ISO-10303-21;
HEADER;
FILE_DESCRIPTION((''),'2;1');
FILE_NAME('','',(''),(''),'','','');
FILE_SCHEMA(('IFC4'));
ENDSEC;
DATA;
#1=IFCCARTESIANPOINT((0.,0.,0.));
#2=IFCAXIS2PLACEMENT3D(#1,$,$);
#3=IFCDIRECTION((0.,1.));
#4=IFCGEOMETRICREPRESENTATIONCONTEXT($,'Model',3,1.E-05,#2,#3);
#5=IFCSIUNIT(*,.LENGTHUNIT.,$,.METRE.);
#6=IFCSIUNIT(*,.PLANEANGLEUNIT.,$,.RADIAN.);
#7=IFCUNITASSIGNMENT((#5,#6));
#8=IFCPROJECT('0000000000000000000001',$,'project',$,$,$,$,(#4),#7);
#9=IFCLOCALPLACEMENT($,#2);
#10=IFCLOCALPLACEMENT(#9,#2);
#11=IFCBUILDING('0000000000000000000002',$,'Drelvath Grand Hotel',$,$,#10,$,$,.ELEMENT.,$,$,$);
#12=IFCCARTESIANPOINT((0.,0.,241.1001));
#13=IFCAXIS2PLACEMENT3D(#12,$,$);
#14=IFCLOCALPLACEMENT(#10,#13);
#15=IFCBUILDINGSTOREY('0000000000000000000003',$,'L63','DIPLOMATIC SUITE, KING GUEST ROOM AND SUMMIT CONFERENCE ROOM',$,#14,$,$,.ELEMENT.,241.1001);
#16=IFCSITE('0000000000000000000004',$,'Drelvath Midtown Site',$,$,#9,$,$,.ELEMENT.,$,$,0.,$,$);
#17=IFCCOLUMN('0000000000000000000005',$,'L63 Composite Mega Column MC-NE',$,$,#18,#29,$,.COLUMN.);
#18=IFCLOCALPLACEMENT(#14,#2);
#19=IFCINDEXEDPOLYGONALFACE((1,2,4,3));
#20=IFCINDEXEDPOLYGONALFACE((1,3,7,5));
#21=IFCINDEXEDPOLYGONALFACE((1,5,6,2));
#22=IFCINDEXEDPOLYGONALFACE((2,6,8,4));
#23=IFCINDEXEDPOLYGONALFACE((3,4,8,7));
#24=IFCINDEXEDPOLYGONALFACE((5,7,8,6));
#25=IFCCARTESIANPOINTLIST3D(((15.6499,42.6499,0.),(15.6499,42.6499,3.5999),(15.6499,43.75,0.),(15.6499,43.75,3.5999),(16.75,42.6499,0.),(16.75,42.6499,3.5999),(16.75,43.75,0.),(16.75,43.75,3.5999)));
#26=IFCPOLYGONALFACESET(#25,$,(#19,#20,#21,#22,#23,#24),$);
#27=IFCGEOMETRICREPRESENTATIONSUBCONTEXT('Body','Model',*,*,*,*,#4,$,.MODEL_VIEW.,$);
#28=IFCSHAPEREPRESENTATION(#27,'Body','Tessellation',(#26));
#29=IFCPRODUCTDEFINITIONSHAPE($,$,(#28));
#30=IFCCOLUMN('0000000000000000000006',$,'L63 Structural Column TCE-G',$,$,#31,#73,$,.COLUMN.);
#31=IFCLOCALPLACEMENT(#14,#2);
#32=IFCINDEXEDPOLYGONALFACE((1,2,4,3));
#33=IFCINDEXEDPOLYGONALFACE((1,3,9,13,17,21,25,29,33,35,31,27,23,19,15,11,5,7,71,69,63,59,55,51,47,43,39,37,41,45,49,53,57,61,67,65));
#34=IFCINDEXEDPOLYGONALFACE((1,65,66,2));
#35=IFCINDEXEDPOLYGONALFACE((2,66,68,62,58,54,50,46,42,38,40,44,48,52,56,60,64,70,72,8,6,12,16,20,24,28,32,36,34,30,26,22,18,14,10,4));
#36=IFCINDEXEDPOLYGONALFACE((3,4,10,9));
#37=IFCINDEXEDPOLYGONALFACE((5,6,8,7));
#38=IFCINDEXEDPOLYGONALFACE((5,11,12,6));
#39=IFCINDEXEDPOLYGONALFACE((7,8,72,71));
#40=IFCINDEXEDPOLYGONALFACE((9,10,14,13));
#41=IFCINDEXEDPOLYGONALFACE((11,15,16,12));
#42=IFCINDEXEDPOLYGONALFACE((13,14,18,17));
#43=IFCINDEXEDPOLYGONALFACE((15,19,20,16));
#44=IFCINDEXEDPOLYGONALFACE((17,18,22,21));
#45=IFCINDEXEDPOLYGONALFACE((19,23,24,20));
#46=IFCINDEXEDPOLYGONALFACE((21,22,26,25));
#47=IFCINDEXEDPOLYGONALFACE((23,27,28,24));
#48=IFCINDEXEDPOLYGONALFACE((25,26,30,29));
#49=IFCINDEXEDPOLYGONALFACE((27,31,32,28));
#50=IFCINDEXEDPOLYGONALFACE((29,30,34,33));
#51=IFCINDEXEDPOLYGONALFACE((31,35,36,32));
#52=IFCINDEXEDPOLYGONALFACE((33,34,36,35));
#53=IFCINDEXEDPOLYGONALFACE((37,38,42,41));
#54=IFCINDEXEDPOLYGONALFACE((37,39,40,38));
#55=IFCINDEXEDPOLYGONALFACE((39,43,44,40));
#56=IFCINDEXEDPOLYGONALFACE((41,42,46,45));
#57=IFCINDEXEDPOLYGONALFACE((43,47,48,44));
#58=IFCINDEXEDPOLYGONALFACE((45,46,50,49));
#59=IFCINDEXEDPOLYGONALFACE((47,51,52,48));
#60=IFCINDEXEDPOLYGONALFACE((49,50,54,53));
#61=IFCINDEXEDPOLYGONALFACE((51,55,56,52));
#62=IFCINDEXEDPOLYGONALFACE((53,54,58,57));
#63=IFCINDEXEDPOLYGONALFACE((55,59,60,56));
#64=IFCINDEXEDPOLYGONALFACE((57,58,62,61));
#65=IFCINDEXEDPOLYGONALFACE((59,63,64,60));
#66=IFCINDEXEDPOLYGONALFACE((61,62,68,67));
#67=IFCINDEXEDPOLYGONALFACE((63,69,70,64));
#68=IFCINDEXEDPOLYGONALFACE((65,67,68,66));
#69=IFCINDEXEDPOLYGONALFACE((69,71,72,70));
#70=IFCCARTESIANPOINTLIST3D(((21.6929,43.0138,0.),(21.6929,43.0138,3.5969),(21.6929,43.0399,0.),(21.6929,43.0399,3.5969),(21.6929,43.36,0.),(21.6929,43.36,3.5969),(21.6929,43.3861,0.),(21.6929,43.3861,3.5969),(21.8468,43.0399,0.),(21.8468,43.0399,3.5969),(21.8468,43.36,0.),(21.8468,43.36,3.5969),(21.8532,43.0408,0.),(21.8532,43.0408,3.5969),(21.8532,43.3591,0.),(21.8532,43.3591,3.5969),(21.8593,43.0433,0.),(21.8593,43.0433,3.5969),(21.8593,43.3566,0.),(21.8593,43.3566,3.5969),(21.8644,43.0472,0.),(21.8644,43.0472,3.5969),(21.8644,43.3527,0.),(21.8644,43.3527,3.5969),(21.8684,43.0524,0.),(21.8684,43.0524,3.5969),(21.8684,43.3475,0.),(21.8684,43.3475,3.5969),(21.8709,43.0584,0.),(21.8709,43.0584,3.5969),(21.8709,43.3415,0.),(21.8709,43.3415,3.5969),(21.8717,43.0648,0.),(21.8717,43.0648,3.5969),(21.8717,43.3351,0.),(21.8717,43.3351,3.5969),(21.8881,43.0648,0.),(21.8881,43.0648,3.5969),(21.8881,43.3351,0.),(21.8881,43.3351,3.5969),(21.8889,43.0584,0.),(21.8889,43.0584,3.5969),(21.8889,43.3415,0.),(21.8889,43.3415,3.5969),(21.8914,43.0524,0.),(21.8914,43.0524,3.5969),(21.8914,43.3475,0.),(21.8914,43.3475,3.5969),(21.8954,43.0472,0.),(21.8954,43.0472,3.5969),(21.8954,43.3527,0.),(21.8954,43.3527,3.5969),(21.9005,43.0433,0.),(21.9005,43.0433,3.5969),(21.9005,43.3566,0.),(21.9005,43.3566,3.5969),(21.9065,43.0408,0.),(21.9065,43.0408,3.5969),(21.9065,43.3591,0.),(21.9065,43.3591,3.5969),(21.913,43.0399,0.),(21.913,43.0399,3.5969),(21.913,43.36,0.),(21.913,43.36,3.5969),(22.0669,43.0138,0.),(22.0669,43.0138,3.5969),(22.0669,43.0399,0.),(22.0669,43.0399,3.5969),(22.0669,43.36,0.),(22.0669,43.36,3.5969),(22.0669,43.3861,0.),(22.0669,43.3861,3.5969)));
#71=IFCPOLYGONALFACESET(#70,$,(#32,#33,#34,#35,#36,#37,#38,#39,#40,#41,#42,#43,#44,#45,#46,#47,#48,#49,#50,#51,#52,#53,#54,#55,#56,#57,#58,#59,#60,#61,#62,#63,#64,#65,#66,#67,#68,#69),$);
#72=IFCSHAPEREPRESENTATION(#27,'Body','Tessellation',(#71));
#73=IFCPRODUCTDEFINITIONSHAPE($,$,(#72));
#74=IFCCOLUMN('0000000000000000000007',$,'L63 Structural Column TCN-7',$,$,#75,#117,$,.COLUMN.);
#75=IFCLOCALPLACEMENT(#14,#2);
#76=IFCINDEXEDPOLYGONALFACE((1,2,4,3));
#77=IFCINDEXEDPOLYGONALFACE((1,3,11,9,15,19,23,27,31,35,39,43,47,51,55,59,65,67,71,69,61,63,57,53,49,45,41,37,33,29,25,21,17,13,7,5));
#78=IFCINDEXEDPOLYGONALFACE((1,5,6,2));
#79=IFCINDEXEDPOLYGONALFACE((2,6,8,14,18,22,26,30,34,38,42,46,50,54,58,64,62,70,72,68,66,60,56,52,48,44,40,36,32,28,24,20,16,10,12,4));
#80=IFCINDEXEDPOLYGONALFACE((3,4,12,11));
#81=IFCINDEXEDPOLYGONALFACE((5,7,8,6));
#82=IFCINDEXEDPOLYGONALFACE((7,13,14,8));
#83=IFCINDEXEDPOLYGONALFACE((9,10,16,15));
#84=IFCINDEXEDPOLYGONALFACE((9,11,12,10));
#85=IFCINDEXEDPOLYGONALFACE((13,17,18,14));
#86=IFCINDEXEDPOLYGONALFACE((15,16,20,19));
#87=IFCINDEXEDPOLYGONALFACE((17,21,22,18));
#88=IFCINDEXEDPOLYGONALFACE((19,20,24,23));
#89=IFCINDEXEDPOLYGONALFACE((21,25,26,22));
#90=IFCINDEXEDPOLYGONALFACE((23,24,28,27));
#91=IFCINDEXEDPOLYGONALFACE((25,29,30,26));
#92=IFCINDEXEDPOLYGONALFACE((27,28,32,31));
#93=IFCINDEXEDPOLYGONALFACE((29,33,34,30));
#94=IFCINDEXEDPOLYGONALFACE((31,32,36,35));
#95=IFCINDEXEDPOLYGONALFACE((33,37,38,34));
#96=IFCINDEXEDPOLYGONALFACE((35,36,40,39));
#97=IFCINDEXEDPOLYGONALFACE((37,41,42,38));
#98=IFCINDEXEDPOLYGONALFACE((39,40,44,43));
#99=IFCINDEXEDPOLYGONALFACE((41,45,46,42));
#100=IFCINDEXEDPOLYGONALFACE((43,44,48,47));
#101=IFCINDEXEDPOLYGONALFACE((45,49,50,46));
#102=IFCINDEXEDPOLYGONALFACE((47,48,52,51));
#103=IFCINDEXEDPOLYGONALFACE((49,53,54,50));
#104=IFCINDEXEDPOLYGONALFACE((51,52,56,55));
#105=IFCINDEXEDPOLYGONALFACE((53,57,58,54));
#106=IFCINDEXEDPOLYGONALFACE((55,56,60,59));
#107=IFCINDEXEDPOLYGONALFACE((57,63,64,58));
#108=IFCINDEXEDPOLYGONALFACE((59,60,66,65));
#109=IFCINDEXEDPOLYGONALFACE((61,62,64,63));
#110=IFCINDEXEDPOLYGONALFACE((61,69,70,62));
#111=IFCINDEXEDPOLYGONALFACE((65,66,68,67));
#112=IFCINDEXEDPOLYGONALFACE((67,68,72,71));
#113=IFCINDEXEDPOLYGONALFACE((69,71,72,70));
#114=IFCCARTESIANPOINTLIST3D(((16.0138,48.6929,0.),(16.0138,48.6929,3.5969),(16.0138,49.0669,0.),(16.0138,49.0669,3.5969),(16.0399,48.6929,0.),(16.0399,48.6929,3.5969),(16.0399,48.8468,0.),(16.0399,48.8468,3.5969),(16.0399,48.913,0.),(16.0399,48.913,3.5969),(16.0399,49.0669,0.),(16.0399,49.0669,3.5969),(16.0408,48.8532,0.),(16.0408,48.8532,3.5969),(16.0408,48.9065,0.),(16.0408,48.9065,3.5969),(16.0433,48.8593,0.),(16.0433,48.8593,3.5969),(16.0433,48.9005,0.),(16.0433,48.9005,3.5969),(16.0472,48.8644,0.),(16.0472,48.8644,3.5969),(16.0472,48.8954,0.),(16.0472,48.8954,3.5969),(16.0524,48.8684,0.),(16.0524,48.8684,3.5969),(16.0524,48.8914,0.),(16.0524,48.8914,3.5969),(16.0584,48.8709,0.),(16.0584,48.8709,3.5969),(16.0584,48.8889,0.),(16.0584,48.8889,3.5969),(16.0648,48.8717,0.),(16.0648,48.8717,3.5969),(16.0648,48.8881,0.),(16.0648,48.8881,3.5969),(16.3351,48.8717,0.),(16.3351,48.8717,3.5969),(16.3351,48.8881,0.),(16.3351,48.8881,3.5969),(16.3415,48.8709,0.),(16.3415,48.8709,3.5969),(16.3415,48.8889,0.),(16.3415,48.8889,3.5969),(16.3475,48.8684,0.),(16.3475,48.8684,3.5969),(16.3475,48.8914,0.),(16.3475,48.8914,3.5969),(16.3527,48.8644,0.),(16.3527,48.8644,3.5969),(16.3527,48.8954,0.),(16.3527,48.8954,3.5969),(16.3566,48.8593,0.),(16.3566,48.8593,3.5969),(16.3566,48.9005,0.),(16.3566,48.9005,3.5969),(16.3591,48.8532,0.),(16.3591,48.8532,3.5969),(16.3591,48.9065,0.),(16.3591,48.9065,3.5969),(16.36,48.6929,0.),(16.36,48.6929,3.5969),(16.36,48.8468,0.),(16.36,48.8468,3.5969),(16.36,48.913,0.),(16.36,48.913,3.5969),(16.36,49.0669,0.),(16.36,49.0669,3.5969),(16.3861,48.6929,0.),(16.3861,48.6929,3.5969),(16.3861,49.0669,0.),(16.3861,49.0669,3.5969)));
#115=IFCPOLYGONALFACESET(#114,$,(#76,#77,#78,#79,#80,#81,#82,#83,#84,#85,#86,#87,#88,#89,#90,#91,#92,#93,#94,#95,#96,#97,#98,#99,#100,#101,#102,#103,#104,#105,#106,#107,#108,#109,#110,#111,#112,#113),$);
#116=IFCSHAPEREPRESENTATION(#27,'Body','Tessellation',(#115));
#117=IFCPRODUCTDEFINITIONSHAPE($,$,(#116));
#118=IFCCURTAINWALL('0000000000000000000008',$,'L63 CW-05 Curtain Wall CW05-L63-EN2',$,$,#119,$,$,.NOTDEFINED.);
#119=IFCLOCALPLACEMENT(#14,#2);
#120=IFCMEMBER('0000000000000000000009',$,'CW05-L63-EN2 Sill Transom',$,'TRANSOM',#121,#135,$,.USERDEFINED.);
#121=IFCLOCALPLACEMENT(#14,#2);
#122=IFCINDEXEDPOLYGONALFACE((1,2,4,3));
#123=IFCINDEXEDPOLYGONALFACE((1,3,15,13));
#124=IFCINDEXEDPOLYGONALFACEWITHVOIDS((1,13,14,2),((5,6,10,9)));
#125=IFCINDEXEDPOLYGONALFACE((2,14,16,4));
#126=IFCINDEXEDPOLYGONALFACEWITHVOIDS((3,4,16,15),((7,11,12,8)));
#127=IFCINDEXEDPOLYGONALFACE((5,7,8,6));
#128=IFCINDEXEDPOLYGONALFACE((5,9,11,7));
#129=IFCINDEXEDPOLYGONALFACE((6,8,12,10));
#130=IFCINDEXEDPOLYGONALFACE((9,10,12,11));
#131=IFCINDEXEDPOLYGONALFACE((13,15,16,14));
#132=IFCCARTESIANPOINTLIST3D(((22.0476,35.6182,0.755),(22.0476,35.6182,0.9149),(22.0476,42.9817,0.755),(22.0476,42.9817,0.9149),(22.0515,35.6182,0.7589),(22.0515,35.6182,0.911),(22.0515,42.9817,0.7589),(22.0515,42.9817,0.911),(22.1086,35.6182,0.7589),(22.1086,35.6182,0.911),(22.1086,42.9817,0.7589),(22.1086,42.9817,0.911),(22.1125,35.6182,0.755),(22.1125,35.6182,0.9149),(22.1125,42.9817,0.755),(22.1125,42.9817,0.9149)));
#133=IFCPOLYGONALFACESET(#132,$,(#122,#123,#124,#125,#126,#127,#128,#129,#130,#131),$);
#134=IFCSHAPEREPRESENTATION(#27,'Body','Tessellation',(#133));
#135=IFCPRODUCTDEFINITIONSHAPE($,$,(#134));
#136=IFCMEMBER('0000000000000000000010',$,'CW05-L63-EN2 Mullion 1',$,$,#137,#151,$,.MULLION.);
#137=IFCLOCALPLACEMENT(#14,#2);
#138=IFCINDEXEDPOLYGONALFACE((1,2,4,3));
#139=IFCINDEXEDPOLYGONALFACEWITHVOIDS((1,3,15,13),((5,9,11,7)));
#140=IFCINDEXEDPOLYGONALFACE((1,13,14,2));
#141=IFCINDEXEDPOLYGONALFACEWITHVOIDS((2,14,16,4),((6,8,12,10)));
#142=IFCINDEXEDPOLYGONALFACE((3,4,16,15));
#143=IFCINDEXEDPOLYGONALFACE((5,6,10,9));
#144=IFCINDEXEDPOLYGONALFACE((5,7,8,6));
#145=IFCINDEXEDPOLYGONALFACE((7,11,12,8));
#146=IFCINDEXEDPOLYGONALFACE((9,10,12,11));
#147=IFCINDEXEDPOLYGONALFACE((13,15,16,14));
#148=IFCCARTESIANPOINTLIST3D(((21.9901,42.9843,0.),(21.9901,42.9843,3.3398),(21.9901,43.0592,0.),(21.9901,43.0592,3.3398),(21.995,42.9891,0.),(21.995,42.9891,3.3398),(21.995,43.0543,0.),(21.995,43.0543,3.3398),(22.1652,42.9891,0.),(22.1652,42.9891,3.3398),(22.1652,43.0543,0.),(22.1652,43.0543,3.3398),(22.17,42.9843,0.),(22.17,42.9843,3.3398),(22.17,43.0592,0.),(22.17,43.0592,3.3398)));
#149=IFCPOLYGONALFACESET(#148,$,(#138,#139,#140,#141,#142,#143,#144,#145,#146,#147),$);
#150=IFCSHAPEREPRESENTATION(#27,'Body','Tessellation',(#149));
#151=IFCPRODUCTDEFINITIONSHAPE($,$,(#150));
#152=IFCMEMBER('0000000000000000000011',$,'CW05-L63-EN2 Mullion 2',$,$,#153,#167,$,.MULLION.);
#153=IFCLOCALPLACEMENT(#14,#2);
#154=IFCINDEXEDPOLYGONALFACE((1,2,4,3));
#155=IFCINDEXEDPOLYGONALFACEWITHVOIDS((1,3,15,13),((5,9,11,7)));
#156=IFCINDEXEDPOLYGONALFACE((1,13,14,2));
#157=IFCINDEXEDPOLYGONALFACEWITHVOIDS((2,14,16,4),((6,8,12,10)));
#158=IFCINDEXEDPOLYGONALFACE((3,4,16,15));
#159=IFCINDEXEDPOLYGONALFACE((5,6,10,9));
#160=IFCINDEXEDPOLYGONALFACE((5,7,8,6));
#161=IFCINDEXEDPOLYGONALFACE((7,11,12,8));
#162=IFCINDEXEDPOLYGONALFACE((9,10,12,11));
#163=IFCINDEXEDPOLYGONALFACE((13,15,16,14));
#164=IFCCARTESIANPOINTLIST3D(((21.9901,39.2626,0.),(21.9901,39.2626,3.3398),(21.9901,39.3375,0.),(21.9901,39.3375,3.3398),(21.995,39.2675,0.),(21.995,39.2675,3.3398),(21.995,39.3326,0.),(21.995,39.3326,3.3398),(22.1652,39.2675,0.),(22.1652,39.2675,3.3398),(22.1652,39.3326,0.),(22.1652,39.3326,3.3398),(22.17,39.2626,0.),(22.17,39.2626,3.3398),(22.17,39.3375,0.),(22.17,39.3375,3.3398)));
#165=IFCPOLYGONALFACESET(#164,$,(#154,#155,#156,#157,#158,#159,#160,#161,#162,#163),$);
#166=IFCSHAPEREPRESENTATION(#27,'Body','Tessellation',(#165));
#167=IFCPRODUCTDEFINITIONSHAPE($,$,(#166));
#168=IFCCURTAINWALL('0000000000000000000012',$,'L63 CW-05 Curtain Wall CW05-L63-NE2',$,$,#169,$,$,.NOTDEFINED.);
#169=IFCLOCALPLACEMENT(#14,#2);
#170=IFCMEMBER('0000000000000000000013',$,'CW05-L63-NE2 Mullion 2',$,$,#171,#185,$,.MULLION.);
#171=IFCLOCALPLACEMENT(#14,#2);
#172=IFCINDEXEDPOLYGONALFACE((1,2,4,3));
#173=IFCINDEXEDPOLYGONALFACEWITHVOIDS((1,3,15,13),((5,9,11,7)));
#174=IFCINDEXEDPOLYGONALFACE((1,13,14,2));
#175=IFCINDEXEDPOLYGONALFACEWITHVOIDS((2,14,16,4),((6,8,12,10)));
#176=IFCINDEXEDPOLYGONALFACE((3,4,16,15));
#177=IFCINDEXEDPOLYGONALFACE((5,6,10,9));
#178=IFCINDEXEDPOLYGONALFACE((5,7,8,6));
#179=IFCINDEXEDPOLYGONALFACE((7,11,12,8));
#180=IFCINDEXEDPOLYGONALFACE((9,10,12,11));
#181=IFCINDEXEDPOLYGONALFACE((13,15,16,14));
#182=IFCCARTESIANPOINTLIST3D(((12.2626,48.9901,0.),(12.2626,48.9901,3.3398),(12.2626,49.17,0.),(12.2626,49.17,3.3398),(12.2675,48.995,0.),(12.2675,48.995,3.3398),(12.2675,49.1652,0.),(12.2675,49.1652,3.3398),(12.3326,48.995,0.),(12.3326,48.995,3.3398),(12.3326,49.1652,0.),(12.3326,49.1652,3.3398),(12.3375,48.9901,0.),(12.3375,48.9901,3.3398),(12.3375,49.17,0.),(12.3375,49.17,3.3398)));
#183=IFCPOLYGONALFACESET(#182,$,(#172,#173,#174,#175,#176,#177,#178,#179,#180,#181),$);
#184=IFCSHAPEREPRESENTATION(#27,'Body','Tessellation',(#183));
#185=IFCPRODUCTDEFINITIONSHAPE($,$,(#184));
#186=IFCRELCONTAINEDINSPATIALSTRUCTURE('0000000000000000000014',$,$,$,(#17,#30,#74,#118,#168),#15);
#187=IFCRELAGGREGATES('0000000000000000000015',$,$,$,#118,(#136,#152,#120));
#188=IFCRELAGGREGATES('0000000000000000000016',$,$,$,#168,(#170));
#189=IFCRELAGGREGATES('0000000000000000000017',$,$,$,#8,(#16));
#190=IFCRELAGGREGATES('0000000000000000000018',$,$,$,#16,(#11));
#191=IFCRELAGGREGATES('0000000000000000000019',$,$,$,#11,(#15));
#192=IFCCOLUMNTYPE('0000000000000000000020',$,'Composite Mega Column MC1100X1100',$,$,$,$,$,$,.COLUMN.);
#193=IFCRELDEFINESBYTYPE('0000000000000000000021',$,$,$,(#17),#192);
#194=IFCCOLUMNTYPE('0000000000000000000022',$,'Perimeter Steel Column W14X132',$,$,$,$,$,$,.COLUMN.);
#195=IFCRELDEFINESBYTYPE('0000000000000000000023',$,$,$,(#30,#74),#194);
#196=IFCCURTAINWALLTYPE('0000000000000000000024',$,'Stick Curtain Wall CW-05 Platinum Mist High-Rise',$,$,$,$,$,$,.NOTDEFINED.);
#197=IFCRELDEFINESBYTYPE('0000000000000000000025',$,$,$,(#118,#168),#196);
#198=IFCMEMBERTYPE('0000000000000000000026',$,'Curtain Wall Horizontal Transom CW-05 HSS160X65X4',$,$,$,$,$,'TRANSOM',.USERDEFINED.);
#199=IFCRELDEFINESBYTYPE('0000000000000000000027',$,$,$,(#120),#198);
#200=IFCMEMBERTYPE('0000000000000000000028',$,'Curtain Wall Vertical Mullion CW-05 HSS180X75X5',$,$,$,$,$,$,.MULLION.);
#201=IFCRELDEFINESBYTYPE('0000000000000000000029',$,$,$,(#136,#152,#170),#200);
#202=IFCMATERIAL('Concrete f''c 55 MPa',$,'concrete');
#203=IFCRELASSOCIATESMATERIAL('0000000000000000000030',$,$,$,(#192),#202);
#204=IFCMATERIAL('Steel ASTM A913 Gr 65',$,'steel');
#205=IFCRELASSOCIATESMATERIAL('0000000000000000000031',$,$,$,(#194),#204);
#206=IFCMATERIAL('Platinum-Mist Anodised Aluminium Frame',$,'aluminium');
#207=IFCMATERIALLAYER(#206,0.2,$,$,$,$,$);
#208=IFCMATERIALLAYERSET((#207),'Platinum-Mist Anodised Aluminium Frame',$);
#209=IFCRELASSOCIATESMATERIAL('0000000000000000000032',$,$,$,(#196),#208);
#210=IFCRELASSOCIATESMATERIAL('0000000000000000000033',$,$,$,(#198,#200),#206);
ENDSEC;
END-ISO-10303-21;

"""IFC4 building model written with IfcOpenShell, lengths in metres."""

from ifc_helpers import new_model, si_unit, direction, frame, origin, origin_2d, place, context, subcontext, project, spatial, rectangle, hollow_rectangle, i_section, extrude, material, layer, layer_set, material_profile, profile_set, type_object, element, aggregate, save


model = new_model("IFC4")

# Units and contexts
model_context = context("Model", 3, precision=1e-05, world=origin(), true_north=direction((0.0, 1.0)))
body_context = subcontext(model_context, "Body", "Model", "MODEL_VIEW")
ifc_project = project(units=[si_unit("LENGTHUNIT", "METRE"), si_unit("PLANEANGLEUNIT", "RADIAN")], contexts=[model_context])

# Site, building, storey
site_placement = place(None, origin())
site = spatial("IfcSite", under=ifc_project, at=site_placement, Name="Drelvath Midtown Site", CompositionType="ELEMENT", RefElevation=0.0)
building_placement = place(site_placement, origin())
building = spatial("IfcBuilding", under=site, at=building_placement, Name="Drelvath Grand Hotel", CompositionType="ELEMENT")
storey_placement = place(building_placement, frame((0.0, 0.0, 241.1001)))
storey = spatial("IfcBuildingStorey", under=building, at=storey_placement, Name="L63", Description="DIPLOMATIC SUITE, KING GUEST ROOM AND SUMMIT CONFERENCE ROOM", CompositionType="ELEMENT", Elevation=241.1001)

# Columns
ifc_material_1 = material(Name="Concrete f'c 55 MPa", Category="concrete")
ifc_material_profile_1 = material_profile(ifc_material_1, rectangle(XDim=1.1001, YDim=1.1001, at=origin_2d()), Name="MC1100X1100")
ifc_profile_set_1 = profile_set([ifc_material_profile_1], Name="Concrete f'c 55 MPa")
column_type_1 = type_object("IfcColumnType", Name="Composite Mega Column MC1100X1100", PredefinedType="COLUMN", material=ifc_profile_set_1)
column_placement = place(storey_placement, frame((16.2, 43.2, 0.0), z_axis=(0.0, 0.0, 1.0), x_axis=(1.0, 0.0, 0.0)))
element("IfcColumn", 1, at=column_placement, inside=storey, type_object=column_type_1, Name="L63 Composite Mega Column MC-NE", PredefinedType="COLUMN", context=body_context, shape_type="SweptSolid", body=[
    extrude(rectangle(XDim=1.1001, YDim=1.1001, at=origin_2d()), origin(), (0.0, 0.0, 1.0), 3.5999),
])
ifc_material_2 = material(Name="Steel ASTM A913 Gr 65", Category="steel")
ifc_material_profile_2 = material_profile(ifc_material_2, i_section(OverallWidth=0.374, OverallDepth=0.3723, WebThickness=0.0164, FlangeThickness=0.0261, FilletRadius=0.0249, at=origin_2d()), Name="W14X132")
ifc_profile_set_2 = profile_set([ifc_material_profile_2], Name="Steel ASTM A913 Gr 65")
column_type_2 = type_object("IfcColumnType", Name="Perimeter Steel Column W14X132", PredefinedType="COLUMN", material=ifc_profile_set_2)
for number, where, z_axis, x_axis, name in (
    (2, (21.8799, 43.2, 0.0), (0.0, 0.0, 1.0), (1.0, 0.0, 0.0), "L63 Structural Column TCE-G"),
    (3, (16.2, 48.8799, 0.0), (0.0, 0.0, 1.0), (0.0, 1.0, 0.0), "L63 Structural Column TCN-7"),
):
    element("IfcColumn", number, at=place(storey_placement, frame(where, z_axis=z_axis, x_axis=x_axis)), inside=storey, type_object=column_type_2, Name=name, PredefinedType="COLUMN", context=body_context, shape_type="SweptSolid", body=[
        extrude(i_section(OverallWidth=0.374, OverallDepth=0.3723, WebThickness=0.0164, FlangeThickness=0.0261, FilletRadius=0.0249, at=origin_2d()), origin(), (0.0, 0.0, 1.0), 3.5969),
    ])

# Curtain walls, members
ifc_material_3 = material(Name="Platinum-Mist Anodised Aluminium Frame", Category="aluminium")
ifc_layer_1 = layer(ifc_material_3, 0.2)
ifc_layer_set_1 = layer_set([ifc_layer_1], Name="Platinum-Mist Anodised Aluminium Frame")
curtain_wall_type = type_object("IfcCurtainWallType", Name="Stick Curtain Wall CW-05 Platinum Mist High-Rise", PredefinedType="NOTDEFINED", material=ifc_layer_set_1)
curtain_wall_1_placement = place(storey_placement, origin())
curtain_wall_1 = element("IfcCurtainWall", 4, at=curtain_wall_1_placement, inside=storey, type_object=curtain_wall_type, Name="L63 CW-05 Curtain Wall CW05-L63-EN2", PredefinedType="NOTDEFINED")
ifc_material_profile_3 = material_profile(ifc_material_3, hollow_rectangle(XDim=0.0649, YDim=0.1599, WallThickness=0.0039, at=origin_2d()), Name="HSS160X65X4")
ifc_profile_set_3 = profile_set([ifc_material_profile_3], Name="Platinum-Mist Anodised Aluminium Frame")
member_type_1 = type_object("IfcMemberType", Name="Curtain Wall Horizontal Transom CW-05 HSS160X65X4", ElementType="TRANSOM", PredefinedType="USERDEFINED", material=ifc_profile_set_3)
member_1_placement = place(storey_placement, frame((22.0801, 42.9817, 0.835), z_axis=(0.0, -1.0, 0.0), x_axis=(1.0, 0.0, 0.0)))
member_1 = element("IfcMember", 5, at=member_1_placement, type_object=member_type_1, Name="CW05-L63-EN2 Sill Transom", ObjectType="TRANSOM", PredefinedType="USERDEFINED", context=body_context, shape_type="SweptSolid", body=[
    extrude(hollow_rectangle(XDim=0.0649, YDim=0.1599, WallThickness=0.0039, at=origin_2d()), origin(), (0.0, 0.0, 1.0), 7.3635),
])
ifc_material_profile_4 = material_profile(ifc_material_3, hollow_rectangle(XDim=0.075, YDim=0.1799, WallThickness=0.0049, at=origin_2d()), Name="HSS180X75X5")
ifc_profile_set_4 = profile_set([ifc_material_profile_4], Name="Platinum-Mist Anodised Aluminium Frame")
member_type_2 = type_object("IfcMemberType", Name="Curtain Wall Vertical Mullion CW-05 HSS180X75X5", PredefinedType="MULLION", material=ifc_profile_set_4)
member_2_placement = place(storey_placement, frame((22.0801, 43.0217, 0.0), z_axis=(0.0, 0.0, 1.0), x_axis=(0.0, 1.0, 0.0)))
member_2 = element("IfcMember", 6, at=member_2_placement, type_object=member_type_2, Name="CW05-L63-EN2 Mullion 1", PredefinedType="MULLION", context=body_context, shape_type="SweptSolid", body=[
    extrude(hollow_rectangle(XDim=0.075, YDim=0.1799, WallThickness=0.0049, at=origin_2d()), origin(), (0.0, 0.0, 1.0), 3.3398),
])
member_3_placement = place(storey_placement, frame((22.0801, 39.3, 0.0), z_axis=(0.0, 0.0, 1.0), x_axis=(0.0, 1.0, 0.0)))
member_3 = element("IfcMember", 7, at=member_3_placement, type_object=member_type_2, Name="CW05-L63-EN2 Mullion 2", PredefinedType="MULLION", context=body_context, shape_type="SweptSolid", body=[
    extrude(hollow_rectangle(XDim=0.075, YDim=0.1799, WallThickness=0.0049, at=origin_2d()), origin(), (0.0, 0.0, 1.0), 3.3398),
])
curtain_wall_2_placement = place(storey_placement, origin())
curtain_wall_2 = element("IfcCurtainWall", 8, at=curtain_wall_2_placement, inside=storey, type_object=curtain_wall_type, Name="L63 CW-05 Curtain Wall CW05-L63-NE2", PredefinedType="NOTDEFINED")
member_4_placement = place(storey_placement, frame((12.3, 49.0801, 0.0), z_axis=(0.0, 0.0, 1.0), x_axis=(1.0, 0.0, 0.0)))
member_4 = element("IfcMember", 9, at=member_4_placement, type_object=member_type_2, Name="CW05-L63-NE2 Mullion 2", PredefinedType="MULLION", context=body_context, shape_type="SweptSolid", body=[
    extrude(hollow_rectangle(XDim=0.075, YDim=0.1799, WallThickness=0.0049, at=origin_2d()), origin(), (0.0, 0.0, 1.0), 3.3398),
])

aggregate(curtain_wall_1, [member_2, member_3, member_1])
aggregate(curtain_wall_2, [member_4])

save(model, "model.ifc")
